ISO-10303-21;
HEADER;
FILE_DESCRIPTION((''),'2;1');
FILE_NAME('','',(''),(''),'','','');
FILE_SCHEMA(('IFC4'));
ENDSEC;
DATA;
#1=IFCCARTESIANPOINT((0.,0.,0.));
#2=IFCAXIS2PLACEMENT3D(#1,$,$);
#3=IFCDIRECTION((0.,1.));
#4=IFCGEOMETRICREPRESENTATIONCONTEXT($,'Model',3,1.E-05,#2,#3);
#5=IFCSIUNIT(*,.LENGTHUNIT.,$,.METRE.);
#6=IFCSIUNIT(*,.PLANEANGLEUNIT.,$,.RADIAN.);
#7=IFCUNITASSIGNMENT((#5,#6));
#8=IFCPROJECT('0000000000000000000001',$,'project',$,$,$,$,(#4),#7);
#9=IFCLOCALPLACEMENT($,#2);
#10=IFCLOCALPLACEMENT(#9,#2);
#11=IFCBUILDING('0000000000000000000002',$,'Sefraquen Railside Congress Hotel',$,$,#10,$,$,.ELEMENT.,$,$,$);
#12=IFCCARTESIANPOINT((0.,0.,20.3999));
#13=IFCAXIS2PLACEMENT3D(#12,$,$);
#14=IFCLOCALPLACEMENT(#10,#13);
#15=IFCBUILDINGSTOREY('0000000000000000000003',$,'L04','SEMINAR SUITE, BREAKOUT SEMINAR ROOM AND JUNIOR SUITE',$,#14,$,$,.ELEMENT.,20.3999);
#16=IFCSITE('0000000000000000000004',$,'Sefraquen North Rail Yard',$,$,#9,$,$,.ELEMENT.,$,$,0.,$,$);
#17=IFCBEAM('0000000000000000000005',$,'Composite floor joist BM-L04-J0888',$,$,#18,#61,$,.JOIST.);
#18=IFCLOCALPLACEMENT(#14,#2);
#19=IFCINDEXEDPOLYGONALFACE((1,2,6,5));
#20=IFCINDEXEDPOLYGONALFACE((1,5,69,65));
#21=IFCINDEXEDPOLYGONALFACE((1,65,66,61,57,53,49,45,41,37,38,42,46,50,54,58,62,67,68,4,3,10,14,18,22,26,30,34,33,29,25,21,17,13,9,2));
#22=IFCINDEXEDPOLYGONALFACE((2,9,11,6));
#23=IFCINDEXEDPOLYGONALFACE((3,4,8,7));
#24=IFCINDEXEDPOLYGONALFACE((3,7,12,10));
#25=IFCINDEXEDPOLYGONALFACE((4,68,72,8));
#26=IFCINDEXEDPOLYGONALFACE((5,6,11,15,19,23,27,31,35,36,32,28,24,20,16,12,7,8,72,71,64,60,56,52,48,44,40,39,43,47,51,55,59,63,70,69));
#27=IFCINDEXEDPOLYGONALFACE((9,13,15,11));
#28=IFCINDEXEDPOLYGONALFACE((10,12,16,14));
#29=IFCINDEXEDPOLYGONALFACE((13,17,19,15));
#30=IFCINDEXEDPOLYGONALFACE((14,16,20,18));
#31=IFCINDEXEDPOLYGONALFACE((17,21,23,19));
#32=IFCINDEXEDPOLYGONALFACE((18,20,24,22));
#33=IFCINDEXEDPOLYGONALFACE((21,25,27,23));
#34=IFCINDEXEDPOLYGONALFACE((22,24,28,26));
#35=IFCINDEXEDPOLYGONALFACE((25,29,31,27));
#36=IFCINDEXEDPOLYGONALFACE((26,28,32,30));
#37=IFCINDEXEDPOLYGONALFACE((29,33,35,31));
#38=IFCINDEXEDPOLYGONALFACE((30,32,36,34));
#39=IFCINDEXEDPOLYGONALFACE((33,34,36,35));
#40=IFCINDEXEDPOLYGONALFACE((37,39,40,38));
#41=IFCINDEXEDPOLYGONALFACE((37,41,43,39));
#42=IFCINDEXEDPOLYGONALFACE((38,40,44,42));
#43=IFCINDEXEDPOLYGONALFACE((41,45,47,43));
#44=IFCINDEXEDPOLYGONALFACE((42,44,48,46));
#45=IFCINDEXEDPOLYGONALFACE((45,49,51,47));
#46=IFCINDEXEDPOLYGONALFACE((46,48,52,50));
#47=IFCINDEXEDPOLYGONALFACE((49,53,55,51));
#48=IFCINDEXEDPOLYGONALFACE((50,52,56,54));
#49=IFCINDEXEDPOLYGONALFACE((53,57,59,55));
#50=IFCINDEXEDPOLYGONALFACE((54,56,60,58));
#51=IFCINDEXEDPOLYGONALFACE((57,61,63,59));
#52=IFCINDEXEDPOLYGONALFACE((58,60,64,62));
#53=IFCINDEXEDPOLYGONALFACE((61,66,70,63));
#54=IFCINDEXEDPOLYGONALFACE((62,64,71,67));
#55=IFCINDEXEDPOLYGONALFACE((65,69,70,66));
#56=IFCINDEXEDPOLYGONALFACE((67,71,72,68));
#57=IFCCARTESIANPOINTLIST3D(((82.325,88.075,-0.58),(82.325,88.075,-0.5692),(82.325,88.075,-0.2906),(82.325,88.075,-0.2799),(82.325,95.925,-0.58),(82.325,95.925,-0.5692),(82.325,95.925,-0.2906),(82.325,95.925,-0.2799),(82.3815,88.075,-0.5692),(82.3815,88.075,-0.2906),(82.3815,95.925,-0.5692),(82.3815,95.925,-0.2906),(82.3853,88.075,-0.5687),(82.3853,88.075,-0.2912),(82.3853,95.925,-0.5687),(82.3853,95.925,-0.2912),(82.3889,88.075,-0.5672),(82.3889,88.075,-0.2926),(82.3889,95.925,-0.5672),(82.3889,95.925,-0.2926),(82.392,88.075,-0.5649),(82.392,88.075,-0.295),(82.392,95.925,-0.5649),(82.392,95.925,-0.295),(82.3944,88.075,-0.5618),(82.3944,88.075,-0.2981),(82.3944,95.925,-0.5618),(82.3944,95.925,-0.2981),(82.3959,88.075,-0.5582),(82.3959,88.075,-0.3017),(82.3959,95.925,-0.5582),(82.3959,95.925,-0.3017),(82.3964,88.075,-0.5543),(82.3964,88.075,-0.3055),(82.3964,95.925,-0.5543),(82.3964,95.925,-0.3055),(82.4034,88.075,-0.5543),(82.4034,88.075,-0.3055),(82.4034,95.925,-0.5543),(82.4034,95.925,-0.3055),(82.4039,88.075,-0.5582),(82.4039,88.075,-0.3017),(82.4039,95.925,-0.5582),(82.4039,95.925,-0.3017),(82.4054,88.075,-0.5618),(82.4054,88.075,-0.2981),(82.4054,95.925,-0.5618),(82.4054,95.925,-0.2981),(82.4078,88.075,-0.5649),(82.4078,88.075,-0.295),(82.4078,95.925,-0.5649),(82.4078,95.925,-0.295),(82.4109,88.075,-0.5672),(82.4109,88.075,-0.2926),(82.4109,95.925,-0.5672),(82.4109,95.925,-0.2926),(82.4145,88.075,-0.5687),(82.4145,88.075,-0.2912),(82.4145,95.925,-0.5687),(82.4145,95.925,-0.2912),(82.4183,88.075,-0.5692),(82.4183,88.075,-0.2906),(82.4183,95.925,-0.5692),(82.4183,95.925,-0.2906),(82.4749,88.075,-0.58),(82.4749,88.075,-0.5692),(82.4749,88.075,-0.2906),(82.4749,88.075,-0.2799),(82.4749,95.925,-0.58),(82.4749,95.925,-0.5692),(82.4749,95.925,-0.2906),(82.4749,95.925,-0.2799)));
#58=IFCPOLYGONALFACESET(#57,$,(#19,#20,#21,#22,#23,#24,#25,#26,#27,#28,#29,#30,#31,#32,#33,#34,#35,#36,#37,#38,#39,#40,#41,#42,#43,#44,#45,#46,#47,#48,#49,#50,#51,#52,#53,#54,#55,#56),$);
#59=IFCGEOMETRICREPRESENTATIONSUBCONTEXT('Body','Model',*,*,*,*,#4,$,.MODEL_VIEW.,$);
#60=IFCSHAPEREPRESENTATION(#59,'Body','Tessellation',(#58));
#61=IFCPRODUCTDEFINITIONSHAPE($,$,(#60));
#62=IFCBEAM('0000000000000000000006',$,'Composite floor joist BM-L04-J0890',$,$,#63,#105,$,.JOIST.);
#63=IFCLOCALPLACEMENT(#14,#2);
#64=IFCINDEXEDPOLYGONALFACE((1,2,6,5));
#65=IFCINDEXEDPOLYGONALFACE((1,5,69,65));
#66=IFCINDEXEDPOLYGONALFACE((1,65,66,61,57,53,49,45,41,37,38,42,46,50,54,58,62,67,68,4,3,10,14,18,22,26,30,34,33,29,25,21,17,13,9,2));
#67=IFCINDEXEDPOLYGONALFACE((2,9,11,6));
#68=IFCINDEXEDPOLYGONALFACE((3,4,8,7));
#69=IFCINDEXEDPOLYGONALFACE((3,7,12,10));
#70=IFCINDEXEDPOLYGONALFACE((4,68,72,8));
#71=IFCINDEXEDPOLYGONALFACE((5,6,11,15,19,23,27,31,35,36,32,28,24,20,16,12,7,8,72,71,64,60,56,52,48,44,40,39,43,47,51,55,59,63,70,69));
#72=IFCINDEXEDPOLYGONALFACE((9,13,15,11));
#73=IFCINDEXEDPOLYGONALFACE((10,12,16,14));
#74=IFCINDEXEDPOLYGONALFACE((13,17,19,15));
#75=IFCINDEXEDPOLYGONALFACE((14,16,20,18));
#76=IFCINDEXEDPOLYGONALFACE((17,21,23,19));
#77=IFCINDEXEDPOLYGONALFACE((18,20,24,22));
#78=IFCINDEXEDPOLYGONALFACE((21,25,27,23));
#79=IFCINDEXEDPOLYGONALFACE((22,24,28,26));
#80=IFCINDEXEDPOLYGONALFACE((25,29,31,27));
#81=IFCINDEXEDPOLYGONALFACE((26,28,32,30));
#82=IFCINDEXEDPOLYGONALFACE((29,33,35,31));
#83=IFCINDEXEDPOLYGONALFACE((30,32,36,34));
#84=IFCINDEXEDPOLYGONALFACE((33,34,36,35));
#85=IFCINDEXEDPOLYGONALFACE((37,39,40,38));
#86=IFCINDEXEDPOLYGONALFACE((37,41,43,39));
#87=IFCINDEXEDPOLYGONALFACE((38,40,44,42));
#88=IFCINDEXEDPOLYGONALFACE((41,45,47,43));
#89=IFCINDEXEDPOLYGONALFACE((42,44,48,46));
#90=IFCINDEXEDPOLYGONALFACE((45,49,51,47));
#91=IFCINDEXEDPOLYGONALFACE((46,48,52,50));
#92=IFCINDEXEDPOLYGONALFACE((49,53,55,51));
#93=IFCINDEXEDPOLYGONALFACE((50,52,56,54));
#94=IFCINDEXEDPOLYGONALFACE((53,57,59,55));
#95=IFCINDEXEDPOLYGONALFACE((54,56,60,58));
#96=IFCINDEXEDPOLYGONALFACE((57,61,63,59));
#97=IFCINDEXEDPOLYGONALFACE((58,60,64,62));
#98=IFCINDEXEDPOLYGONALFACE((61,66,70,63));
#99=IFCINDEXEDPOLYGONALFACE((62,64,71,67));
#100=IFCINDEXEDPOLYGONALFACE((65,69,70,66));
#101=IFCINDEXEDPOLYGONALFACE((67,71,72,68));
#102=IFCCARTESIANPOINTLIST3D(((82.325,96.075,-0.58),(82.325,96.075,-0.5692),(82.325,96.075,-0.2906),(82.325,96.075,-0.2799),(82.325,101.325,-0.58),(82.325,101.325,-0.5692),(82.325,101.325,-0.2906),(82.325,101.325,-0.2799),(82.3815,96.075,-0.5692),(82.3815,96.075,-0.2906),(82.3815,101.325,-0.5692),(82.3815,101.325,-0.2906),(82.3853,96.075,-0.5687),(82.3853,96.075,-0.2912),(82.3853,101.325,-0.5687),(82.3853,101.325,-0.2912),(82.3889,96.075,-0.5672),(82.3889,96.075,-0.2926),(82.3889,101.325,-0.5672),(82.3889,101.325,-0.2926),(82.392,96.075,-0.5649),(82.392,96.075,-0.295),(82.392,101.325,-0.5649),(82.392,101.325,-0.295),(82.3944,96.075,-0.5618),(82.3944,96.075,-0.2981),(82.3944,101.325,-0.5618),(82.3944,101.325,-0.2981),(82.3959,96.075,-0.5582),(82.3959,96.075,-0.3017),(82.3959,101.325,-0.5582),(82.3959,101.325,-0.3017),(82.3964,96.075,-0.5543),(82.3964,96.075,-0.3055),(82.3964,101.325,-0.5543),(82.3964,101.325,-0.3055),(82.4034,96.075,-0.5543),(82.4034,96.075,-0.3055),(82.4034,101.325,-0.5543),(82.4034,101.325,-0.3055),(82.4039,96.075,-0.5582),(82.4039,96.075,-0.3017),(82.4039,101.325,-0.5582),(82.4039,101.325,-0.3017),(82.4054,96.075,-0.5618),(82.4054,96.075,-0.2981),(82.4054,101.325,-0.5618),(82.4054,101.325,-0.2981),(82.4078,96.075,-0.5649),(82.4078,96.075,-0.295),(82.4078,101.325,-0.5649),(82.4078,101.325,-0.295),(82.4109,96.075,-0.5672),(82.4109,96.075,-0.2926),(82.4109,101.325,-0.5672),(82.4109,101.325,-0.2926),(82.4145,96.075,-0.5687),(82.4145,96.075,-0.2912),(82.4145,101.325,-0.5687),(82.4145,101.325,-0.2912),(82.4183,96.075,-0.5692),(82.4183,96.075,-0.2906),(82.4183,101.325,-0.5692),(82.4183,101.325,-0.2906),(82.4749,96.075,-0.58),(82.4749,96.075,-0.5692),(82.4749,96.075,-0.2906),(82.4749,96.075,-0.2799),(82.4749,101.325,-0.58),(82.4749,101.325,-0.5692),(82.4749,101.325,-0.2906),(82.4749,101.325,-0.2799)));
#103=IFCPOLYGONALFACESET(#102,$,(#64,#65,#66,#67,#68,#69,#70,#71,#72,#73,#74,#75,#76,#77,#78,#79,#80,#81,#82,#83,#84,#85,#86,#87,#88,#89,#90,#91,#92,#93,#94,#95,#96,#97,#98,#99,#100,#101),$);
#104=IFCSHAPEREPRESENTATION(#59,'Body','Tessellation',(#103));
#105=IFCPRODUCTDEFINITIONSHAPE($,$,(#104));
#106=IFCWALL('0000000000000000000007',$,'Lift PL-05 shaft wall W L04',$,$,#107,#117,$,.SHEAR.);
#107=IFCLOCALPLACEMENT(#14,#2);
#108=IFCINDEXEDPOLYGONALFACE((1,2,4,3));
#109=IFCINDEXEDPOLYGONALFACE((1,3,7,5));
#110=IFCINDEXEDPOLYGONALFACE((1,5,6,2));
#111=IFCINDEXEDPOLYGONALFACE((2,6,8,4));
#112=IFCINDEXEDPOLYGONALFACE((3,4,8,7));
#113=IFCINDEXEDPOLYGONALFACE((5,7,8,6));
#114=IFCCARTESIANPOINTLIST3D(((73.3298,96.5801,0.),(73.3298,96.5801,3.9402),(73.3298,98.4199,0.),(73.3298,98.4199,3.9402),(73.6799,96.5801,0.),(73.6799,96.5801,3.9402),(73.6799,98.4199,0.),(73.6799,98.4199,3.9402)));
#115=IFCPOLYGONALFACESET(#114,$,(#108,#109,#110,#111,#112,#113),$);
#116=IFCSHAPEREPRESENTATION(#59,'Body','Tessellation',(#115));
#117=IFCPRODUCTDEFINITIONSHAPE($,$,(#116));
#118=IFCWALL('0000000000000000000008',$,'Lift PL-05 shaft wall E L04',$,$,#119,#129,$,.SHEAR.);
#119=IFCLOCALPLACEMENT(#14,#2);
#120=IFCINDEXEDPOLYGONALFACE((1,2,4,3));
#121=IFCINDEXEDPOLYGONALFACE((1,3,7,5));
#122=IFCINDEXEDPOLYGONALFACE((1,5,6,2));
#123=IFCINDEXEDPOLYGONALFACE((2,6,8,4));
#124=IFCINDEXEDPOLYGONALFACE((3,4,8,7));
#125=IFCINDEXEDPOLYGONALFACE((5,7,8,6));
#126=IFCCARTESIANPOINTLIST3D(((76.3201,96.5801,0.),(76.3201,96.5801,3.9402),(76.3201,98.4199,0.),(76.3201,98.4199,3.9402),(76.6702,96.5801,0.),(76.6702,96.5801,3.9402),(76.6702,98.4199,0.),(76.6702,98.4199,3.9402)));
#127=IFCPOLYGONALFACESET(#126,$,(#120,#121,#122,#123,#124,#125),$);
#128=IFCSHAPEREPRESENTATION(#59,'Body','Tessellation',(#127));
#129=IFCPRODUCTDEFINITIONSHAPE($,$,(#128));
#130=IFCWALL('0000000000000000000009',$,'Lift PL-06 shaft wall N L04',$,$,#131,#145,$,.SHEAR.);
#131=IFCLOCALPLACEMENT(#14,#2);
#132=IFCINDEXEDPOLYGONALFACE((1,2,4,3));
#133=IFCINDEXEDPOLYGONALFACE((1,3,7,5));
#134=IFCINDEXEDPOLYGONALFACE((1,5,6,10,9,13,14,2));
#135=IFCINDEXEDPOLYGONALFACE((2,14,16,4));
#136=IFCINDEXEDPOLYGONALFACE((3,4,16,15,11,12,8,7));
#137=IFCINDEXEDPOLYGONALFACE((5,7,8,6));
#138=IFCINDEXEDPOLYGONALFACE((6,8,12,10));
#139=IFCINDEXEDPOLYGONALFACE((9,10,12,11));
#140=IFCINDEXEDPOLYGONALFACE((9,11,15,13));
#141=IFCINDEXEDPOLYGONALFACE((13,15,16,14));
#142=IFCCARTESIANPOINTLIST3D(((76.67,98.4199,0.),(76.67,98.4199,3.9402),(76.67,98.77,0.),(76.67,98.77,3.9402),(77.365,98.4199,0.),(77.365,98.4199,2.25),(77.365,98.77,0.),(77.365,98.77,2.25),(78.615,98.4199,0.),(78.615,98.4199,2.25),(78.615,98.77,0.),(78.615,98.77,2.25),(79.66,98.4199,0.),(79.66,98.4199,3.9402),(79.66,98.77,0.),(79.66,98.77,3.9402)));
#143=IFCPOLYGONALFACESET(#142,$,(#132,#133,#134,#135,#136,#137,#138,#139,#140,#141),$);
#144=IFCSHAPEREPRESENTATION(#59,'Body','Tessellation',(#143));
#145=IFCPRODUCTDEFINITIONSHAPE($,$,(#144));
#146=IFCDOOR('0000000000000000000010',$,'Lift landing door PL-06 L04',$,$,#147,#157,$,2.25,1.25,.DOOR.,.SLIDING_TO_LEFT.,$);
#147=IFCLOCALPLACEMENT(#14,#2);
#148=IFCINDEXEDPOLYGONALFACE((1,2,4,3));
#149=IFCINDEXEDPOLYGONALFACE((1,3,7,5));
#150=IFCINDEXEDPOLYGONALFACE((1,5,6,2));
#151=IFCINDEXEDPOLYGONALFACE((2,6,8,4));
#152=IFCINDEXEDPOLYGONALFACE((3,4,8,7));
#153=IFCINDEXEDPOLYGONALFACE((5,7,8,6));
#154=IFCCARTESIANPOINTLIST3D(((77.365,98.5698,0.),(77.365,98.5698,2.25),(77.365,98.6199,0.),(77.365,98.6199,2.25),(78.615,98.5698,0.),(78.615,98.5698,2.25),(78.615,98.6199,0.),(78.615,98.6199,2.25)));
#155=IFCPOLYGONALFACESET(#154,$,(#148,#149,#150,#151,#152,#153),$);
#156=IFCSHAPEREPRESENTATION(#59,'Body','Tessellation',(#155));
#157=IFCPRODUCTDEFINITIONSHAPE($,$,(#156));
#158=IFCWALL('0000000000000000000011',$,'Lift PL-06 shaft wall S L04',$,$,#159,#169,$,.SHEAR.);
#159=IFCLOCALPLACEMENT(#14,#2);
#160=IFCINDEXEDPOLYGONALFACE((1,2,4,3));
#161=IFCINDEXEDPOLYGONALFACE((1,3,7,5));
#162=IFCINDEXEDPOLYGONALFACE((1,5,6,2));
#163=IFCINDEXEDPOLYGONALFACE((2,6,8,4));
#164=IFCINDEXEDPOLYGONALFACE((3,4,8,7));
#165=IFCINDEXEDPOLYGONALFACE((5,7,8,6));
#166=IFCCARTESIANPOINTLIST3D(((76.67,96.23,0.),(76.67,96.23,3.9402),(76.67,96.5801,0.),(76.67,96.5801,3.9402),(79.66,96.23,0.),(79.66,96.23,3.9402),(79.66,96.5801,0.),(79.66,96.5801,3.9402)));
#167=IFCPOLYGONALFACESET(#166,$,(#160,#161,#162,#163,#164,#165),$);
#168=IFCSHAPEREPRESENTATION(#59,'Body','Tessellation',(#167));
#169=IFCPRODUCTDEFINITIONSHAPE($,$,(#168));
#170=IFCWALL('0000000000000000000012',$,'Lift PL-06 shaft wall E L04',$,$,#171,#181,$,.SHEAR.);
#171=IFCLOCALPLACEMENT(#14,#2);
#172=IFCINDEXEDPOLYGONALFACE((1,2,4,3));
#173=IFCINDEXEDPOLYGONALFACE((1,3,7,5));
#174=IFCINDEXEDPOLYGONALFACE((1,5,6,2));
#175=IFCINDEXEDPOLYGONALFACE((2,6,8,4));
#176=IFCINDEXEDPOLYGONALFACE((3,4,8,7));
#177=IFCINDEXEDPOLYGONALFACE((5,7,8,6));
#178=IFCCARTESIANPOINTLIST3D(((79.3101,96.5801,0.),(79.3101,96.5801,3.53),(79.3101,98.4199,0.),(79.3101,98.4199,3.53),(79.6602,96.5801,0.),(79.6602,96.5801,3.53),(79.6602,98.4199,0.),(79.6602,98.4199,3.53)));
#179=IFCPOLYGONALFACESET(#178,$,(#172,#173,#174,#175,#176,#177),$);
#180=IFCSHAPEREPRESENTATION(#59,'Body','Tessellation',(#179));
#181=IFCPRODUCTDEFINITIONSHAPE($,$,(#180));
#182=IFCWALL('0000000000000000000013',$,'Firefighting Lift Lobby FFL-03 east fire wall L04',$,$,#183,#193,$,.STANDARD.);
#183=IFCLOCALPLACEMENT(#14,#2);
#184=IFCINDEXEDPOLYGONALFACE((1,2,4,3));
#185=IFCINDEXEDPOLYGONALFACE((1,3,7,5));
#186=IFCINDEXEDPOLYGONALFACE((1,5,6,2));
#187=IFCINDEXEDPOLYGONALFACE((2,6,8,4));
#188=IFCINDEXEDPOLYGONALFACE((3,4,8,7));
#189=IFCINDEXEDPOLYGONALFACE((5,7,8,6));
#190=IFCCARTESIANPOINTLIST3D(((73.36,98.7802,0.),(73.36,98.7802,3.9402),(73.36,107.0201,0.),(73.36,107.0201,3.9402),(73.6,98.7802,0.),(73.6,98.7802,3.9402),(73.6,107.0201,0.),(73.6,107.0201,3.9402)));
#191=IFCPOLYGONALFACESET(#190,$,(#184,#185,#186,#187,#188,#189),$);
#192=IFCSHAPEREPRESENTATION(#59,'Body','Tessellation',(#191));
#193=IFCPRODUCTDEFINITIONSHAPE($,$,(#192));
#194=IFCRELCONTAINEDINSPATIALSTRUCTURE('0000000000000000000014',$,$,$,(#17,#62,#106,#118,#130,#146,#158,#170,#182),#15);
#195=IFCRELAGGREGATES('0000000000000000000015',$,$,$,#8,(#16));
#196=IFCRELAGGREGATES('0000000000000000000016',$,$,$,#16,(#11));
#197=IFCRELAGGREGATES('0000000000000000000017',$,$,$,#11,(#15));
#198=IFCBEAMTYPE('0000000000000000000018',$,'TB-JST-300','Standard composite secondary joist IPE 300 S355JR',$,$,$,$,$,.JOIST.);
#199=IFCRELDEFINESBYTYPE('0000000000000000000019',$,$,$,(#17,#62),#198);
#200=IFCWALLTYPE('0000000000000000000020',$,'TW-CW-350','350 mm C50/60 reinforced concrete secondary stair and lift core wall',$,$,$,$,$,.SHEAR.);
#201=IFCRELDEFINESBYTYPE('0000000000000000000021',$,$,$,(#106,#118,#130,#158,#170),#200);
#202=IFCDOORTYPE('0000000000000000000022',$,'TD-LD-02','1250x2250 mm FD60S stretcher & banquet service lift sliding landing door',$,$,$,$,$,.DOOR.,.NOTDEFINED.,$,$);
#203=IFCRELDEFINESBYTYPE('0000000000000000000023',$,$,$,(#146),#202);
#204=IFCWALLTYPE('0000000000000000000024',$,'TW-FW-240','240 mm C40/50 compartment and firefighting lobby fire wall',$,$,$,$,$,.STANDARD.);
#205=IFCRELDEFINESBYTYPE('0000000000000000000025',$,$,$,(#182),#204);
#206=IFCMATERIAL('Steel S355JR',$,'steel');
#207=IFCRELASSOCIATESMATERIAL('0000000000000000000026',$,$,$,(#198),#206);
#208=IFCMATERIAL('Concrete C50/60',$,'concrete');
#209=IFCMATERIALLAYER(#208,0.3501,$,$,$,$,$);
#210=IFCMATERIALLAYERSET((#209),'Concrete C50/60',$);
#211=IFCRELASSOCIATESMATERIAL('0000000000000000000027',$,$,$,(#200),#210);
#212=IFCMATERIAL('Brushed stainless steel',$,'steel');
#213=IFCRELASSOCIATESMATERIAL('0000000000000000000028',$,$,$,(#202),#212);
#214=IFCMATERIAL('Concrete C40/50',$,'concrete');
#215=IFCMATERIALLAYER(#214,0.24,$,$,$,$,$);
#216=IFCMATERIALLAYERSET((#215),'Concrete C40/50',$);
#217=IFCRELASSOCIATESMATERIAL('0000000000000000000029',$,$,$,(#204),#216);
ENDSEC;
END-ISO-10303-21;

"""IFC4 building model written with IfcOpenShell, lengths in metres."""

from ifc_helpers import new_model, si_unit, direction, frame, frame_2d, origin, origin_2d, place, context, subcontext, project, spatial, rectangle, i_section, extrude, material, layer, layer_set, material_profile, profile_set, type_object, element, fill, save


model = new_model("IFC4")

# Units and contexts
model_context = context("Model", 3, precision=1e-05, world=origin(), true_north=direction((0.0, 1.0)))
body_context = subcontext(model_context, "Body", "Model", "MODEL_VIEW")
ifc_project = project(units=[si_unit("LENGTHUNIT", "METRE"), si_unit("PLANEANGLEUNIT", "RADIAN")], contexts=[model_context])

# Site, building, storey
site_placement = place(None, origin())
site = spatial("IfcSite", under=ifc_project, at=site_placement, Name="Sefraquen North Rail Yard", CompositionType="ELEMENT", RefElevation=0.0)
building_placement = place(site_placement, origin())
building = spatial("IfcBuilding", under=site, at=building_placement, Name="Sefraquen Railside Congress Hotel", CompositionType="ELEMENT")
storey_placement = place(building_placement, frame((0.0, 0.0, 20.3999)))
storey = spatial("IfcBuildingStorey", under=building, at=storey_placement, Name="L04", Description="SEMINAR SUITE, BREAKOUT SEMINAR ROOM AND JUNIOR SUITE", CompositionType="ELEMENT", Elevation=20.3999)

# Shared definitions
ifc_material_1 = material(Name="Steel S355JR", Category="steel")

# Beams
ifc_material_profile_1 = material_profile(ifc_material_1, i_section(OverallWidth=0.1499, OverallDepth=0.3, WebThickness=0.0071, FlangeThickness=0.0107, FilletRadius=0.0149, at=origin_2d()), Name="IPE 300")
ifc_profile_set_1 = profile_set([ifc_material_profile_1], Name="Steel S355JR")
beam_type_1 = type_object("IfcBeamType", Name="TB-JST-300", Description="Standard composite secondary joist IPE 300 S355JR", PredefinedType="JOIST", material=ifc_profile_set_1)
beam_1_placement = place(storey_placement, frame((82.3999, 88.075, -0.4299), z_axis=(0.0, 1.0, 0.0), x_axis=(-1.0, 0.0, 0.0)))
element("IfcBeam", 1, at=beam_1_placement, inside=storey, type_object=beam_type_1, Name="Composite floor joist BM-L04-J0888", PredefinedType="JOIST", context=body_context, shape_type="SweptSolid", body=[
    extrude(i_section(OverallWidth=0.1499, OverallDepth=0.3, WebThickness=0.0071, FlangeThickness=0.0107, FilletRadius=0.0149, at=origin_2d()), origin(), (0.0, 0.0, 1.0), 7.8501),
])
beam_2_placement = place(storey_placement, frame((82.3999, 96.075, -0.4299), z_axis=(0.0, 1.0, 0.0), x_axis=(-1.0, 0.0, 0.0)))
element("IfcBeam", 2, at=beam_2_placement, inside=storey, type_object=beam_type_1, Name="Composite floor joist BM-L04-J0890", PredefinedType="JOIST", context=body_context, shape_type="SweptSolid", body=[
    extrude(i_section(OverallWidth=0.1499, OverallDepth=0.3, WebThickness=0.0071, FlangeThickness=0.0107, FilletRadius=0.0149, at=origin_2d()), origin(), (0.0, 0.0, 1.0), 5.25),
])

# Walls
ifc_material_2 = material(Name="Concrete C50/60", Category="concrete")
ifc_layer_1 = layer(ifc_material_2, 0.3501)
ifc_layer_set_1 = layer_set([ifc_layer_1], Name="Concrete C50/60")
wall_type_1 = type_object("IfcWallType", Name="TW-CW-350", Description="350 mm C50/60 reinforced concrete secondary stair and lift core wall", PredefinedType="SHEAR", material=ifc_layer_set_1)
for number, where, z_axis, x_axis, name in (
    (3, (73.5049, 96.5801, 0.0), (0.0, 0.0, 1.0), (0.0, 1.0, 0.0), "Lift PL-05 shaft wall W L04"),
    (4, (76.4951, 96.5801, 0.0), (0.0, 0.0, 1.0), (0.0, 1.0, 0.0), "Lift PL-05 shaft wall E L04"),
):
    element("IfcWall", number, at=place(storey_placement, frame(where, z_axis=z_axis, x_axis=x_axis)), inside=storey, type_object=wall_type_1, Name=name, PredefinedType="SHEAR", context=body_context, shape_type="SweptSolid", body=[
        extrude(rectangle(XDim=1.8398, YDim=0.3501, at=frame_2d((0.9199, 0.0))), origin(), (0.0, 0.0, 1.0), 3.9402),
    ])

# Wall, opening, door
wall_1_placement = place(storey_placement, frame((76.6699, 98.595, 0.0), z_axis=(0.0, 0.0, 1.0), x_axis=(1.0, 0.0, 0.0)))
wall_1 = element("IfcWall", 5, at=wall_1_placement, inside=storey, type_object=wall_type_1, Name="Lift PL-06 shaft wall N L04", PredefinedType="SHEAR", context=body_context, shape_type="SweptSolid", body=[
    extrude(rectangle(XDim=2.99, YDim=0.3501, at=frame_2d((1.4951, 0.0))), origin(), (0.0, 0.0, 1.0), 3.9402),
])
opening_1_placement = place(wall_1_placement, frame((0.6951, 0.0, 0.0)))
opening_1 = element("IfcOpeningElement", 6, at=opening_1_placement, cuts=wall_1, PredefinedType="OPENING", context=body_context, shape_type="SweptSolid", body=[
    extrude(rectangle(XDim=1.25, YDim=2.25, at=frame_2d((0.625, 1.125))), frame((0.0, 0.1851, 0.0), z_axis=(0.0, -1.0, 0.0), x_axis=(1.0, 0.0, 0.0)), (0.0, 0.0, 1.0), 0.3701),
])
ifc_material_3 = material(Name="Brushed stainless steel", Category="steel")
door_type_1 = type_object("IfcDoorType", Name="TD-LD-02", Description="1250x2250 mm FD60S stretcher & banquet service lift sliding landing door", OperationType="NOTDEFINED", PredefinedType="DOOR", material=ifc_material_3)
door_1_placement = place(opening_1_placement, origin())
door_1 = element("IfcDoor", 7, at=door_1_placement, inside=storey, type_object=door_type_1, Name="Lift landing door PL-06 L04", OperationType="SLIDING_TO_LEFT", OverallHeight=2.25, OverallWidth=1.25, PredefinedType="DOOR", context=body_context, shape_type="SweptSolid", body=[
    extrude(rectangle(XDim=1.25, YDim=2.25, at=frame_2d((0.625, 1.125))), frame((0.0, 0.0249, 0.0), z_axis=(0.0, -1.0, 0.0), x_axis=(1.0, 0.0, 0.0)), (0.0, 0.0, 1.0), 0.05),
])
fill(opening_1, door_1)

# Walls
wall_2_placement = place(storey_placement, frame((76.6699, 96.405, 0.0), z_axis=(0.0, 0.0, 1.0), x_axis=(1.0, 0.0, 0.0)))
element("IfcWall", 8, at=wall_2_placement, inside=storey, type_object=wall_type_1, Name="Lift PL-06 shaft wall S L04", PredefinedType="SHEAR", context=body_context, shape_type="SweptSolid", body=[
    extrude(rectangle(XDim=2.99, YDim=0.3501, at=frame_2d((1.4951, 0.0))), origin(), (0.0, 0.0, 1.0), 3.9402),
])
wall_3_placement = place(storey_placement, frame((79.4851, 96.5801, 0.0), z_axis=(0.0, 0.0, 1.0), x_axis=(0.0, 1.0, 0.0)))
element("IfcWall", 9, at=wall_3_placement, inside=storey, type_object=wall_type_1, Name="Lift PL-06 shaft wall E L04", PredefinedType="SHEAR", context=body_context, shape_type="SweptSolid", body=[
    extrude(rectangle(XDim=1.8398, YDim=0.3501, at=frame_2d((0.9199, 0.0))), origin(), (0.0, 0.0, 1.0), 3.53),
])
ifc_material_4 = material(Name="Concrete C40/50", Category="concrete")
ifc_layer_2 = layer(ifc_material_4, 0.24)
ifc_layer_set_2 = layer_set([ifc_layer_2], Name="Concrete C40/50")
wall_type_2 = type_object("IfcWallType", Name="TW-FW-240", Description="240 mm C40/50 compartment and firefighting lobby fire wall", PredefinedType="STANDARD", material=ifc_layer_set_2)
wall_4_placement = place(storey_placement, frame((73.48, 98.78, 0.0), z_axis=(0.0, 0.0, 1.0), x_axis=(0.0, 1.0, 0.0)))
element("IfcWall", 10, at=wall_4_placement, inside=storey, type_object=wall_type_2, Name="Firefighting Lift Lobby FFL-03 east fire wall L04", PredefinedType="STANDARD", context=body_context, shape_type="SweptSolid", body=[
    extrude(rectangle(XDim=8.24, YDim=0.24, at=frame_2d((4.1201, 0.0))), origin(), (0.0, 0.0, 1.0), 3.9402),
])

save(model, "model.ifc")
